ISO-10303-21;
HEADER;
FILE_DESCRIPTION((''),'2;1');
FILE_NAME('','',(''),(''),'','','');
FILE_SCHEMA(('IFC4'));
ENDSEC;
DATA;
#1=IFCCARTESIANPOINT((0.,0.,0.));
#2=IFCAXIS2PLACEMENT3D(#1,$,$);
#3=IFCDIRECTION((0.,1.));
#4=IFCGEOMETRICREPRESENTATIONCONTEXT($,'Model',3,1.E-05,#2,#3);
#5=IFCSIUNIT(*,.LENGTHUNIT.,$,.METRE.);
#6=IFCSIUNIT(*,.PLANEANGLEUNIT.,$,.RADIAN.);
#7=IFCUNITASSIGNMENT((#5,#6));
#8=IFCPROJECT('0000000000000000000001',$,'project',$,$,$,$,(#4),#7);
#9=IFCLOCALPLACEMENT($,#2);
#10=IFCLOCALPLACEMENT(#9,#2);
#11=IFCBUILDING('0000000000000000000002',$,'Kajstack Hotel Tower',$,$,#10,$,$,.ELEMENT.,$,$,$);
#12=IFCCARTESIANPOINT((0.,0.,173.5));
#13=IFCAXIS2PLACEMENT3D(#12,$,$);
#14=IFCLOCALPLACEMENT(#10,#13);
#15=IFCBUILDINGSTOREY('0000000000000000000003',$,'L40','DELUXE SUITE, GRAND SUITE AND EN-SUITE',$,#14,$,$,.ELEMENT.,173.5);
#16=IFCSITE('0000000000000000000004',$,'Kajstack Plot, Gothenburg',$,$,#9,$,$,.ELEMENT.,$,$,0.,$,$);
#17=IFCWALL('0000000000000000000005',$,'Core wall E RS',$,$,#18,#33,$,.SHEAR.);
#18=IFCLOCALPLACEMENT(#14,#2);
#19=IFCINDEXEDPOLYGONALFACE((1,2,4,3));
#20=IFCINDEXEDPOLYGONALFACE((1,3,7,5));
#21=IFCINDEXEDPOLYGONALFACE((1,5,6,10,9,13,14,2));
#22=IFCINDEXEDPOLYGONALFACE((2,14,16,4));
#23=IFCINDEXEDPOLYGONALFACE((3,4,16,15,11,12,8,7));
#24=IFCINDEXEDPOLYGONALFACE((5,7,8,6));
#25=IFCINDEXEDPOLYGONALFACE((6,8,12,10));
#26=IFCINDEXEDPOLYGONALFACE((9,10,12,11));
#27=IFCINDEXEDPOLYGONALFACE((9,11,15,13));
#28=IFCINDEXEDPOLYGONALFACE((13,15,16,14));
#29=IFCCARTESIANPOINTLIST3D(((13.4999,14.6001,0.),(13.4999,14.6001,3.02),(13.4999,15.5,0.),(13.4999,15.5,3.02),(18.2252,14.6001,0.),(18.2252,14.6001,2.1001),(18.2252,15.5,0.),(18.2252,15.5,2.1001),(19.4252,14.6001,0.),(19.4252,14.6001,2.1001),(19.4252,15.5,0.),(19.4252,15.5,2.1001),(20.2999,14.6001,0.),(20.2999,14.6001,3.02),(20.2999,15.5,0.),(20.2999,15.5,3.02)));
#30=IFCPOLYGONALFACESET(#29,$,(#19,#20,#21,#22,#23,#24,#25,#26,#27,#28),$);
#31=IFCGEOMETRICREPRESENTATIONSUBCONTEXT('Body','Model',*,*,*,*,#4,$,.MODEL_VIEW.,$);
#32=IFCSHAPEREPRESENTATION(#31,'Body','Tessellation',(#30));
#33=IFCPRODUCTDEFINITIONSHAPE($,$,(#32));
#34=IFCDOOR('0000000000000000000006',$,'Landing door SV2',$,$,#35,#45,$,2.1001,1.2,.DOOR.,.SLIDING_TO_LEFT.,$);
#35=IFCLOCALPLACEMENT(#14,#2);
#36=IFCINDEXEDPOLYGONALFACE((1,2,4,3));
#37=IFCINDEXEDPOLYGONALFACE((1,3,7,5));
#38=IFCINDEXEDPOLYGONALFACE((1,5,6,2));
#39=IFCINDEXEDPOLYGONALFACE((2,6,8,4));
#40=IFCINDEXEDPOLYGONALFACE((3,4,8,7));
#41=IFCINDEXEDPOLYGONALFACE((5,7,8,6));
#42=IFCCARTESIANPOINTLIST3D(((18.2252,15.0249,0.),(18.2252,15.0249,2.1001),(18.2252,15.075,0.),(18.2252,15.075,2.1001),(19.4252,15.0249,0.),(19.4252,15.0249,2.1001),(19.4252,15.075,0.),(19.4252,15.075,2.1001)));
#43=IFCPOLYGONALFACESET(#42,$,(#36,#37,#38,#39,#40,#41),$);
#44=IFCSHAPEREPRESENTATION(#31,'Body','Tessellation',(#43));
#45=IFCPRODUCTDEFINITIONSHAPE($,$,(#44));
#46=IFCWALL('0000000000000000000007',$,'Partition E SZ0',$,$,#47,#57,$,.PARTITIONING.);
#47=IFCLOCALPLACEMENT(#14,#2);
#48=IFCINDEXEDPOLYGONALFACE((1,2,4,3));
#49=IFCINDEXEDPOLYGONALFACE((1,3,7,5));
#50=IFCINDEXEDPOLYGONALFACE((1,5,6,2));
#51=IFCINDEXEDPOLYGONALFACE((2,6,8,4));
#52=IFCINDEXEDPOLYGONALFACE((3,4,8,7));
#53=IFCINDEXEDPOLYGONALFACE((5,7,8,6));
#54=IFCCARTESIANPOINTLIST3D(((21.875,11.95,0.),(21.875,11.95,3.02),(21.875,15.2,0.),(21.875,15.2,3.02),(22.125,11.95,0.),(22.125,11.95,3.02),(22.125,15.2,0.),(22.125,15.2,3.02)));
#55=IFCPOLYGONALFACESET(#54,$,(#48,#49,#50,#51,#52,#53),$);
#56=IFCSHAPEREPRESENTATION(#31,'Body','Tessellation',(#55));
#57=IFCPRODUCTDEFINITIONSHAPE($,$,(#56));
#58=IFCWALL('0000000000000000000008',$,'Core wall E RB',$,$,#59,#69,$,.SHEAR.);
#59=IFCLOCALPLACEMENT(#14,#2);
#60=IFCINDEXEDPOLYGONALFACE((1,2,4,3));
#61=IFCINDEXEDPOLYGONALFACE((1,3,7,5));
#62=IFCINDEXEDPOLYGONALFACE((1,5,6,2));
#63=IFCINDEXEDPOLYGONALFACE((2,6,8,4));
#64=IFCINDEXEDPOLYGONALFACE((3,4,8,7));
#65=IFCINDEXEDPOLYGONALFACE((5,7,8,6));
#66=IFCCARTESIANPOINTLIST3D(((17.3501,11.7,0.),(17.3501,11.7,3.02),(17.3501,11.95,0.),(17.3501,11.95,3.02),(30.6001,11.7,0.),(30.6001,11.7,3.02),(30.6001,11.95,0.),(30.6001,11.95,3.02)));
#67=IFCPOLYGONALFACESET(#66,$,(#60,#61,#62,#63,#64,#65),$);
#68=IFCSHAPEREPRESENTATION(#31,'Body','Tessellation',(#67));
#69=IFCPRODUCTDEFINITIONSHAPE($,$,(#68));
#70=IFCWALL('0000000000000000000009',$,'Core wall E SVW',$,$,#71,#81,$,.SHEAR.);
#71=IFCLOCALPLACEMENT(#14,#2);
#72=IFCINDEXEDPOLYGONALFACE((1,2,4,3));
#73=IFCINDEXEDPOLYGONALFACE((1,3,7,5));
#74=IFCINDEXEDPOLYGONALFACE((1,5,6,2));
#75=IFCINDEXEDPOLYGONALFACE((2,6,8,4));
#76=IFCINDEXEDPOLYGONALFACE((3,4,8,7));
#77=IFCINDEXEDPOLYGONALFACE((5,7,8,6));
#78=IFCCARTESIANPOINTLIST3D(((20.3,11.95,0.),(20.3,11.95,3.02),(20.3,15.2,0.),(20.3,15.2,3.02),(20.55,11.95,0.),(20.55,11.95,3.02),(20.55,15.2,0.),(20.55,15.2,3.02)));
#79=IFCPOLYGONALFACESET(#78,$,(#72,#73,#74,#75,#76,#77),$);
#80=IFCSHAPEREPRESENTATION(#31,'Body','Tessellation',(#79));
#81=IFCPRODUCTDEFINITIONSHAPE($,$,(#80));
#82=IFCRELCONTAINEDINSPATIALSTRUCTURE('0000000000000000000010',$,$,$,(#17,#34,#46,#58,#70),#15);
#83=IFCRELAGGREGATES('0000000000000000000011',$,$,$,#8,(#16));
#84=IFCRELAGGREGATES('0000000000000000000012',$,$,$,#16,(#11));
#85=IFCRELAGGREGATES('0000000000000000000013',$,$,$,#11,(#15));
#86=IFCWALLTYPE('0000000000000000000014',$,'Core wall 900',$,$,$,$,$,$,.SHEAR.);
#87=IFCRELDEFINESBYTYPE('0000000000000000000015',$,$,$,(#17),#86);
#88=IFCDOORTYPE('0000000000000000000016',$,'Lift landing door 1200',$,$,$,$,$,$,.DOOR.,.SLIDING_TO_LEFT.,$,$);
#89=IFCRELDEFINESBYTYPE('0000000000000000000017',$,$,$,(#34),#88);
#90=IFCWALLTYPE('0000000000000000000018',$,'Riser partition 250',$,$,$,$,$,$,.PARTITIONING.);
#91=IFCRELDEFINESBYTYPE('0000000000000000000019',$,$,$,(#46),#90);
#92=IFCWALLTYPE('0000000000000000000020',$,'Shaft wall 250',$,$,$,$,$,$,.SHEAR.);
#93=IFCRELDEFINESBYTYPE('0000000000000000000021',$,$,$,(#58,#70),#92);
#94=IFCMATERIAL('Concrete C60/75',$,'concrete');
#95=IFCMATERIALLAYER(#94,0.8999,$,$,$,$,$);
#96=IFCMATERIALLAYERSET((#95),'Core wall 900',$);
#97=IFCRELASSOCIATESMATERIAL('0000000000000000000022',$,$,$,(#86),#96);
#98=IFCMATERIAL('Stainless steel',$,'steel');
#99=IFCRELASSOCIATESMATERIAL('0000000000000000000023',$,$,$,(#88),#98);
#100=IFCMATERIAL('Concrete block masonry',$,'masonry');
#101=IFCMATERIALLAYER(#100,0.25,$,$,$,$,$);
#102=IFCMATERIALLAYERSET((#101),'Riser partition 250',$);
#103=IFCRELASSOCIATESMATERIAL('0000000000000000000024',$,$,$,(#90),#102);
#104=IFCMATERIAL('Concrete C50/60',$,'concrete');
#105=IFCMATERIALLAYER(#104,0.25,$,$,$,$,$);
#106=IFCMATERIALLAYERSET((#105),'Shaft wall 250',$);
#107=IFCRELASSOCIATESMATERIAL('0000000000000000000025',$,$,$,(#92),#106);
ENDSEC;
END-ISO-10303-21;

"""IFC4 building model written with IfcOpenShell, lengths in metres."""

from ifc_helpers import new_model, si_unit, direction, frame, frame_2d, origin, place, context, subcontext, project, spatial, rectangle, extrude, material, layer, layer_set, type_object, element, fill, save


model = new_model("IFC4")

# Units and contexts
model_context = context("Model", 3, precision=1e-05, world=origin(), true_north=direction((0.0, 1.0)))
body_context = subcontext(model_context, "Body", "Model", "MODEL_VIEW")
ifc_project = project(units=[si_unit("LENGTHUNIT", "METRE"), si_unit("PLANEANGLEUNIT", "RADIAN")], contexts=[model_context])

# Site, building, storey
site_placement = place(None, origin())
site = spatial("IfcSite", under=ifc_project, at=site_placement, Name="Kajstack Plot, Gothenburg", CompositionType="ELEMENT", RefElevation=0.0)
building_placement = place(site_placement, origin())
building = spatial("IfcBuilding", under=site, at=building_placement, Name="Kajstack Hotel Tower", CompositionType="ELEMENT")
storey_placement = place(building_placement, frame((0.0, 0.0, 173.5)))
storey = spatial("IfcBuildingStorey", under=building, at=storey_placement, Name="L40", Description="DELUXE SUITE, GRAND SUITE AND EN-SUITE", CompositionType="ELEMENT", Elevation=173.5)

# Wall, opening, door
ifc_material_1 = material(Name="Concrete C60/75", Category="concrete")
ifc_layer_1 = layer(ifc_material_1, 0.8999)
ifc_layer_set_1 = layer_set([ifc_layer_1], Name="Core wall 900")
wall_type_1 = type_object("IfcWallType", Name="Core wall 900", PredefinedType="SHEAR", material=ifc_layer_set_1)
wall_1_placement = place(storey_placement, frame((13.5, 15.05, 0.0), z_axis=(0.0, 0.0, 1.0), x_axis=(1.0, 0.0, 0.0)))
wall_1 = element("IfcWall", 1, at=wall_1_placement, inside=storey, type_object=wall_type_1, Name="Core wall E RS", PredefinedType="SHEAR", context=body_context, shape_type="SweptSolid", body=[
    extrude(rectangle(XDim=6.8, YDim=0.8999, at=frame_2d((3.3999, 0.0))), origin(), (0.0, 0.0, 1.0), 3.02),
])
opening_placement = place(wall_1_placement, frame((4.7251, 0.0, 0.0)))
opening = element("IfcOpeningElement", 2, at=opening_placement, cuts=wall_1, PredefinedType="OPENING", context=body_context, shape_type="SweptSolid", body=[
    extrude(rectangle(XDim=1.2, YDim=2.1001, at=frame_2d((0.6001, 1.05))), frame((0.0, 0.46, 0.0), z_axis=(0.0, -1.0, 0.0), x_axis=(1.0, 0.0, 0.0)), (0.0, 0.0, 1.0), 0.9199),
])
ifc_material_2 = material(Name="Stainless steel", Category="steel")
door_type = type_object("IfcDoorType", Name="Lift landing door 1200", OperationType="SLIDING_TO_LEFT", PredefinedType="DOOR", material=ifc_material_2)
door_placement = place(opening_placement, origin())
door = element("IfcDoor", 3, at=door_placement, inside=storey, type_object=door_type, Name="Landing door SV2", OperationType="SLIDING_TO_LEFT", OverallHeight=2.1001, OverallWidth=1.2, PredefinedType="DOOR", context=body_context, shape_type="SweptSolid", body=[
    extrude(rectangle(XDim=1.2, YDim=2.1001, at=frame_2d((0.6001, 1.05))), frame((0.0, 0.0249, 0.0), z_axis=(0.0, -1.0, 0.0), x_axis=(1.0, 0.0, 0.0)), (0.0, 0.0, 1.0), 0.05),
])
fill(opening, door)

# Walls
ifc_material_3 = material(Name="Concrete block masonry", Category="masonry")
ifc_layer_2 = layer(ifc_material_3, 0.25)
ifc_layer_set_2 = layer_set([ifc_layer_2], Name="Riser partition 250")
wall_type_2 = type_object("IfcWallType", Name="Riser partition 250", PredefinedType="PARTITIONING", material=ifc_layer_set_2)
wall_2_placement = place(storey_placement, frame((22.0, 11.95, 0.0), z_axis=(0.0, 0.0, 1.0), x_axis=(0.0, 1.0, 0.0)))
element("IfcWall", 4, at=wall_2_placement, inside=storey, type_object=wall_type_2, Name="Partition E SZ0", PredefinedType="PARTITIONING", context=body_context, shape_type="SweptSolid", body=[
    extrude(rectangle(XDim=3.25, YDim=0.25, at=frame_2d((1.625, 0.0))), origin(), (0.0, 0.0, 1.0), 3.02),
])
ifc_material_4 = material(Name="Concrete C50/60", Category="concrete")
ifc_layer_3 = layer(ifc_material_4, 0.25)
ifc_layer_set_3 = layer_set([ifc_layer_3], Name="Shaft wall 250")
wall_type_3 = type_object("IfcWallType", Name="Shaft wall 250", PredefinedType="SHEAR", material=ifc_layer_set_3)
wall_3_placement = place(storey_placement, frame((17.3501, 11.825, 0.0), z_axis=(0.0, 0.0, 1.0), x_axis=(1.0, 0.0, 0.0)))
element("IfcWall", 5, at=wall_3_placement, inside=storey, type_object=wall_type_3, Name="Core wall E RB", PredefinedType="SHEAR", context=body_context, shape_type="SweptSolid", body=[
    extrude(rectangle(XDim=13.25, YDim=0.25, at=frame_2d((6.625, 0.0))), origin(), (0.0, 0.0, 1.0), 3.02),
])
wall_4_placement = place(storey_placement, frame((20.425, 11.95, 0.0), z_axis=(0.0, 0.0, 1.0), x_axis=(0.0, 1.0, 0.0)))
element("IfcWall", 6, at=wall_4_placement, inside=storey, type_object=wall_type_3, Name="Core wall E SVW", PredefinedType="SHEAR", context=body_context, shape_type="SweptSolid", body=[
    extrude(rectangle(XDim=3.25, YDim=0.25, at=frame_2d((1.625, 0.0))), origin(), (0.0, 0.0, 1.0), 3.02),
])

save(model, "model.ifc")
